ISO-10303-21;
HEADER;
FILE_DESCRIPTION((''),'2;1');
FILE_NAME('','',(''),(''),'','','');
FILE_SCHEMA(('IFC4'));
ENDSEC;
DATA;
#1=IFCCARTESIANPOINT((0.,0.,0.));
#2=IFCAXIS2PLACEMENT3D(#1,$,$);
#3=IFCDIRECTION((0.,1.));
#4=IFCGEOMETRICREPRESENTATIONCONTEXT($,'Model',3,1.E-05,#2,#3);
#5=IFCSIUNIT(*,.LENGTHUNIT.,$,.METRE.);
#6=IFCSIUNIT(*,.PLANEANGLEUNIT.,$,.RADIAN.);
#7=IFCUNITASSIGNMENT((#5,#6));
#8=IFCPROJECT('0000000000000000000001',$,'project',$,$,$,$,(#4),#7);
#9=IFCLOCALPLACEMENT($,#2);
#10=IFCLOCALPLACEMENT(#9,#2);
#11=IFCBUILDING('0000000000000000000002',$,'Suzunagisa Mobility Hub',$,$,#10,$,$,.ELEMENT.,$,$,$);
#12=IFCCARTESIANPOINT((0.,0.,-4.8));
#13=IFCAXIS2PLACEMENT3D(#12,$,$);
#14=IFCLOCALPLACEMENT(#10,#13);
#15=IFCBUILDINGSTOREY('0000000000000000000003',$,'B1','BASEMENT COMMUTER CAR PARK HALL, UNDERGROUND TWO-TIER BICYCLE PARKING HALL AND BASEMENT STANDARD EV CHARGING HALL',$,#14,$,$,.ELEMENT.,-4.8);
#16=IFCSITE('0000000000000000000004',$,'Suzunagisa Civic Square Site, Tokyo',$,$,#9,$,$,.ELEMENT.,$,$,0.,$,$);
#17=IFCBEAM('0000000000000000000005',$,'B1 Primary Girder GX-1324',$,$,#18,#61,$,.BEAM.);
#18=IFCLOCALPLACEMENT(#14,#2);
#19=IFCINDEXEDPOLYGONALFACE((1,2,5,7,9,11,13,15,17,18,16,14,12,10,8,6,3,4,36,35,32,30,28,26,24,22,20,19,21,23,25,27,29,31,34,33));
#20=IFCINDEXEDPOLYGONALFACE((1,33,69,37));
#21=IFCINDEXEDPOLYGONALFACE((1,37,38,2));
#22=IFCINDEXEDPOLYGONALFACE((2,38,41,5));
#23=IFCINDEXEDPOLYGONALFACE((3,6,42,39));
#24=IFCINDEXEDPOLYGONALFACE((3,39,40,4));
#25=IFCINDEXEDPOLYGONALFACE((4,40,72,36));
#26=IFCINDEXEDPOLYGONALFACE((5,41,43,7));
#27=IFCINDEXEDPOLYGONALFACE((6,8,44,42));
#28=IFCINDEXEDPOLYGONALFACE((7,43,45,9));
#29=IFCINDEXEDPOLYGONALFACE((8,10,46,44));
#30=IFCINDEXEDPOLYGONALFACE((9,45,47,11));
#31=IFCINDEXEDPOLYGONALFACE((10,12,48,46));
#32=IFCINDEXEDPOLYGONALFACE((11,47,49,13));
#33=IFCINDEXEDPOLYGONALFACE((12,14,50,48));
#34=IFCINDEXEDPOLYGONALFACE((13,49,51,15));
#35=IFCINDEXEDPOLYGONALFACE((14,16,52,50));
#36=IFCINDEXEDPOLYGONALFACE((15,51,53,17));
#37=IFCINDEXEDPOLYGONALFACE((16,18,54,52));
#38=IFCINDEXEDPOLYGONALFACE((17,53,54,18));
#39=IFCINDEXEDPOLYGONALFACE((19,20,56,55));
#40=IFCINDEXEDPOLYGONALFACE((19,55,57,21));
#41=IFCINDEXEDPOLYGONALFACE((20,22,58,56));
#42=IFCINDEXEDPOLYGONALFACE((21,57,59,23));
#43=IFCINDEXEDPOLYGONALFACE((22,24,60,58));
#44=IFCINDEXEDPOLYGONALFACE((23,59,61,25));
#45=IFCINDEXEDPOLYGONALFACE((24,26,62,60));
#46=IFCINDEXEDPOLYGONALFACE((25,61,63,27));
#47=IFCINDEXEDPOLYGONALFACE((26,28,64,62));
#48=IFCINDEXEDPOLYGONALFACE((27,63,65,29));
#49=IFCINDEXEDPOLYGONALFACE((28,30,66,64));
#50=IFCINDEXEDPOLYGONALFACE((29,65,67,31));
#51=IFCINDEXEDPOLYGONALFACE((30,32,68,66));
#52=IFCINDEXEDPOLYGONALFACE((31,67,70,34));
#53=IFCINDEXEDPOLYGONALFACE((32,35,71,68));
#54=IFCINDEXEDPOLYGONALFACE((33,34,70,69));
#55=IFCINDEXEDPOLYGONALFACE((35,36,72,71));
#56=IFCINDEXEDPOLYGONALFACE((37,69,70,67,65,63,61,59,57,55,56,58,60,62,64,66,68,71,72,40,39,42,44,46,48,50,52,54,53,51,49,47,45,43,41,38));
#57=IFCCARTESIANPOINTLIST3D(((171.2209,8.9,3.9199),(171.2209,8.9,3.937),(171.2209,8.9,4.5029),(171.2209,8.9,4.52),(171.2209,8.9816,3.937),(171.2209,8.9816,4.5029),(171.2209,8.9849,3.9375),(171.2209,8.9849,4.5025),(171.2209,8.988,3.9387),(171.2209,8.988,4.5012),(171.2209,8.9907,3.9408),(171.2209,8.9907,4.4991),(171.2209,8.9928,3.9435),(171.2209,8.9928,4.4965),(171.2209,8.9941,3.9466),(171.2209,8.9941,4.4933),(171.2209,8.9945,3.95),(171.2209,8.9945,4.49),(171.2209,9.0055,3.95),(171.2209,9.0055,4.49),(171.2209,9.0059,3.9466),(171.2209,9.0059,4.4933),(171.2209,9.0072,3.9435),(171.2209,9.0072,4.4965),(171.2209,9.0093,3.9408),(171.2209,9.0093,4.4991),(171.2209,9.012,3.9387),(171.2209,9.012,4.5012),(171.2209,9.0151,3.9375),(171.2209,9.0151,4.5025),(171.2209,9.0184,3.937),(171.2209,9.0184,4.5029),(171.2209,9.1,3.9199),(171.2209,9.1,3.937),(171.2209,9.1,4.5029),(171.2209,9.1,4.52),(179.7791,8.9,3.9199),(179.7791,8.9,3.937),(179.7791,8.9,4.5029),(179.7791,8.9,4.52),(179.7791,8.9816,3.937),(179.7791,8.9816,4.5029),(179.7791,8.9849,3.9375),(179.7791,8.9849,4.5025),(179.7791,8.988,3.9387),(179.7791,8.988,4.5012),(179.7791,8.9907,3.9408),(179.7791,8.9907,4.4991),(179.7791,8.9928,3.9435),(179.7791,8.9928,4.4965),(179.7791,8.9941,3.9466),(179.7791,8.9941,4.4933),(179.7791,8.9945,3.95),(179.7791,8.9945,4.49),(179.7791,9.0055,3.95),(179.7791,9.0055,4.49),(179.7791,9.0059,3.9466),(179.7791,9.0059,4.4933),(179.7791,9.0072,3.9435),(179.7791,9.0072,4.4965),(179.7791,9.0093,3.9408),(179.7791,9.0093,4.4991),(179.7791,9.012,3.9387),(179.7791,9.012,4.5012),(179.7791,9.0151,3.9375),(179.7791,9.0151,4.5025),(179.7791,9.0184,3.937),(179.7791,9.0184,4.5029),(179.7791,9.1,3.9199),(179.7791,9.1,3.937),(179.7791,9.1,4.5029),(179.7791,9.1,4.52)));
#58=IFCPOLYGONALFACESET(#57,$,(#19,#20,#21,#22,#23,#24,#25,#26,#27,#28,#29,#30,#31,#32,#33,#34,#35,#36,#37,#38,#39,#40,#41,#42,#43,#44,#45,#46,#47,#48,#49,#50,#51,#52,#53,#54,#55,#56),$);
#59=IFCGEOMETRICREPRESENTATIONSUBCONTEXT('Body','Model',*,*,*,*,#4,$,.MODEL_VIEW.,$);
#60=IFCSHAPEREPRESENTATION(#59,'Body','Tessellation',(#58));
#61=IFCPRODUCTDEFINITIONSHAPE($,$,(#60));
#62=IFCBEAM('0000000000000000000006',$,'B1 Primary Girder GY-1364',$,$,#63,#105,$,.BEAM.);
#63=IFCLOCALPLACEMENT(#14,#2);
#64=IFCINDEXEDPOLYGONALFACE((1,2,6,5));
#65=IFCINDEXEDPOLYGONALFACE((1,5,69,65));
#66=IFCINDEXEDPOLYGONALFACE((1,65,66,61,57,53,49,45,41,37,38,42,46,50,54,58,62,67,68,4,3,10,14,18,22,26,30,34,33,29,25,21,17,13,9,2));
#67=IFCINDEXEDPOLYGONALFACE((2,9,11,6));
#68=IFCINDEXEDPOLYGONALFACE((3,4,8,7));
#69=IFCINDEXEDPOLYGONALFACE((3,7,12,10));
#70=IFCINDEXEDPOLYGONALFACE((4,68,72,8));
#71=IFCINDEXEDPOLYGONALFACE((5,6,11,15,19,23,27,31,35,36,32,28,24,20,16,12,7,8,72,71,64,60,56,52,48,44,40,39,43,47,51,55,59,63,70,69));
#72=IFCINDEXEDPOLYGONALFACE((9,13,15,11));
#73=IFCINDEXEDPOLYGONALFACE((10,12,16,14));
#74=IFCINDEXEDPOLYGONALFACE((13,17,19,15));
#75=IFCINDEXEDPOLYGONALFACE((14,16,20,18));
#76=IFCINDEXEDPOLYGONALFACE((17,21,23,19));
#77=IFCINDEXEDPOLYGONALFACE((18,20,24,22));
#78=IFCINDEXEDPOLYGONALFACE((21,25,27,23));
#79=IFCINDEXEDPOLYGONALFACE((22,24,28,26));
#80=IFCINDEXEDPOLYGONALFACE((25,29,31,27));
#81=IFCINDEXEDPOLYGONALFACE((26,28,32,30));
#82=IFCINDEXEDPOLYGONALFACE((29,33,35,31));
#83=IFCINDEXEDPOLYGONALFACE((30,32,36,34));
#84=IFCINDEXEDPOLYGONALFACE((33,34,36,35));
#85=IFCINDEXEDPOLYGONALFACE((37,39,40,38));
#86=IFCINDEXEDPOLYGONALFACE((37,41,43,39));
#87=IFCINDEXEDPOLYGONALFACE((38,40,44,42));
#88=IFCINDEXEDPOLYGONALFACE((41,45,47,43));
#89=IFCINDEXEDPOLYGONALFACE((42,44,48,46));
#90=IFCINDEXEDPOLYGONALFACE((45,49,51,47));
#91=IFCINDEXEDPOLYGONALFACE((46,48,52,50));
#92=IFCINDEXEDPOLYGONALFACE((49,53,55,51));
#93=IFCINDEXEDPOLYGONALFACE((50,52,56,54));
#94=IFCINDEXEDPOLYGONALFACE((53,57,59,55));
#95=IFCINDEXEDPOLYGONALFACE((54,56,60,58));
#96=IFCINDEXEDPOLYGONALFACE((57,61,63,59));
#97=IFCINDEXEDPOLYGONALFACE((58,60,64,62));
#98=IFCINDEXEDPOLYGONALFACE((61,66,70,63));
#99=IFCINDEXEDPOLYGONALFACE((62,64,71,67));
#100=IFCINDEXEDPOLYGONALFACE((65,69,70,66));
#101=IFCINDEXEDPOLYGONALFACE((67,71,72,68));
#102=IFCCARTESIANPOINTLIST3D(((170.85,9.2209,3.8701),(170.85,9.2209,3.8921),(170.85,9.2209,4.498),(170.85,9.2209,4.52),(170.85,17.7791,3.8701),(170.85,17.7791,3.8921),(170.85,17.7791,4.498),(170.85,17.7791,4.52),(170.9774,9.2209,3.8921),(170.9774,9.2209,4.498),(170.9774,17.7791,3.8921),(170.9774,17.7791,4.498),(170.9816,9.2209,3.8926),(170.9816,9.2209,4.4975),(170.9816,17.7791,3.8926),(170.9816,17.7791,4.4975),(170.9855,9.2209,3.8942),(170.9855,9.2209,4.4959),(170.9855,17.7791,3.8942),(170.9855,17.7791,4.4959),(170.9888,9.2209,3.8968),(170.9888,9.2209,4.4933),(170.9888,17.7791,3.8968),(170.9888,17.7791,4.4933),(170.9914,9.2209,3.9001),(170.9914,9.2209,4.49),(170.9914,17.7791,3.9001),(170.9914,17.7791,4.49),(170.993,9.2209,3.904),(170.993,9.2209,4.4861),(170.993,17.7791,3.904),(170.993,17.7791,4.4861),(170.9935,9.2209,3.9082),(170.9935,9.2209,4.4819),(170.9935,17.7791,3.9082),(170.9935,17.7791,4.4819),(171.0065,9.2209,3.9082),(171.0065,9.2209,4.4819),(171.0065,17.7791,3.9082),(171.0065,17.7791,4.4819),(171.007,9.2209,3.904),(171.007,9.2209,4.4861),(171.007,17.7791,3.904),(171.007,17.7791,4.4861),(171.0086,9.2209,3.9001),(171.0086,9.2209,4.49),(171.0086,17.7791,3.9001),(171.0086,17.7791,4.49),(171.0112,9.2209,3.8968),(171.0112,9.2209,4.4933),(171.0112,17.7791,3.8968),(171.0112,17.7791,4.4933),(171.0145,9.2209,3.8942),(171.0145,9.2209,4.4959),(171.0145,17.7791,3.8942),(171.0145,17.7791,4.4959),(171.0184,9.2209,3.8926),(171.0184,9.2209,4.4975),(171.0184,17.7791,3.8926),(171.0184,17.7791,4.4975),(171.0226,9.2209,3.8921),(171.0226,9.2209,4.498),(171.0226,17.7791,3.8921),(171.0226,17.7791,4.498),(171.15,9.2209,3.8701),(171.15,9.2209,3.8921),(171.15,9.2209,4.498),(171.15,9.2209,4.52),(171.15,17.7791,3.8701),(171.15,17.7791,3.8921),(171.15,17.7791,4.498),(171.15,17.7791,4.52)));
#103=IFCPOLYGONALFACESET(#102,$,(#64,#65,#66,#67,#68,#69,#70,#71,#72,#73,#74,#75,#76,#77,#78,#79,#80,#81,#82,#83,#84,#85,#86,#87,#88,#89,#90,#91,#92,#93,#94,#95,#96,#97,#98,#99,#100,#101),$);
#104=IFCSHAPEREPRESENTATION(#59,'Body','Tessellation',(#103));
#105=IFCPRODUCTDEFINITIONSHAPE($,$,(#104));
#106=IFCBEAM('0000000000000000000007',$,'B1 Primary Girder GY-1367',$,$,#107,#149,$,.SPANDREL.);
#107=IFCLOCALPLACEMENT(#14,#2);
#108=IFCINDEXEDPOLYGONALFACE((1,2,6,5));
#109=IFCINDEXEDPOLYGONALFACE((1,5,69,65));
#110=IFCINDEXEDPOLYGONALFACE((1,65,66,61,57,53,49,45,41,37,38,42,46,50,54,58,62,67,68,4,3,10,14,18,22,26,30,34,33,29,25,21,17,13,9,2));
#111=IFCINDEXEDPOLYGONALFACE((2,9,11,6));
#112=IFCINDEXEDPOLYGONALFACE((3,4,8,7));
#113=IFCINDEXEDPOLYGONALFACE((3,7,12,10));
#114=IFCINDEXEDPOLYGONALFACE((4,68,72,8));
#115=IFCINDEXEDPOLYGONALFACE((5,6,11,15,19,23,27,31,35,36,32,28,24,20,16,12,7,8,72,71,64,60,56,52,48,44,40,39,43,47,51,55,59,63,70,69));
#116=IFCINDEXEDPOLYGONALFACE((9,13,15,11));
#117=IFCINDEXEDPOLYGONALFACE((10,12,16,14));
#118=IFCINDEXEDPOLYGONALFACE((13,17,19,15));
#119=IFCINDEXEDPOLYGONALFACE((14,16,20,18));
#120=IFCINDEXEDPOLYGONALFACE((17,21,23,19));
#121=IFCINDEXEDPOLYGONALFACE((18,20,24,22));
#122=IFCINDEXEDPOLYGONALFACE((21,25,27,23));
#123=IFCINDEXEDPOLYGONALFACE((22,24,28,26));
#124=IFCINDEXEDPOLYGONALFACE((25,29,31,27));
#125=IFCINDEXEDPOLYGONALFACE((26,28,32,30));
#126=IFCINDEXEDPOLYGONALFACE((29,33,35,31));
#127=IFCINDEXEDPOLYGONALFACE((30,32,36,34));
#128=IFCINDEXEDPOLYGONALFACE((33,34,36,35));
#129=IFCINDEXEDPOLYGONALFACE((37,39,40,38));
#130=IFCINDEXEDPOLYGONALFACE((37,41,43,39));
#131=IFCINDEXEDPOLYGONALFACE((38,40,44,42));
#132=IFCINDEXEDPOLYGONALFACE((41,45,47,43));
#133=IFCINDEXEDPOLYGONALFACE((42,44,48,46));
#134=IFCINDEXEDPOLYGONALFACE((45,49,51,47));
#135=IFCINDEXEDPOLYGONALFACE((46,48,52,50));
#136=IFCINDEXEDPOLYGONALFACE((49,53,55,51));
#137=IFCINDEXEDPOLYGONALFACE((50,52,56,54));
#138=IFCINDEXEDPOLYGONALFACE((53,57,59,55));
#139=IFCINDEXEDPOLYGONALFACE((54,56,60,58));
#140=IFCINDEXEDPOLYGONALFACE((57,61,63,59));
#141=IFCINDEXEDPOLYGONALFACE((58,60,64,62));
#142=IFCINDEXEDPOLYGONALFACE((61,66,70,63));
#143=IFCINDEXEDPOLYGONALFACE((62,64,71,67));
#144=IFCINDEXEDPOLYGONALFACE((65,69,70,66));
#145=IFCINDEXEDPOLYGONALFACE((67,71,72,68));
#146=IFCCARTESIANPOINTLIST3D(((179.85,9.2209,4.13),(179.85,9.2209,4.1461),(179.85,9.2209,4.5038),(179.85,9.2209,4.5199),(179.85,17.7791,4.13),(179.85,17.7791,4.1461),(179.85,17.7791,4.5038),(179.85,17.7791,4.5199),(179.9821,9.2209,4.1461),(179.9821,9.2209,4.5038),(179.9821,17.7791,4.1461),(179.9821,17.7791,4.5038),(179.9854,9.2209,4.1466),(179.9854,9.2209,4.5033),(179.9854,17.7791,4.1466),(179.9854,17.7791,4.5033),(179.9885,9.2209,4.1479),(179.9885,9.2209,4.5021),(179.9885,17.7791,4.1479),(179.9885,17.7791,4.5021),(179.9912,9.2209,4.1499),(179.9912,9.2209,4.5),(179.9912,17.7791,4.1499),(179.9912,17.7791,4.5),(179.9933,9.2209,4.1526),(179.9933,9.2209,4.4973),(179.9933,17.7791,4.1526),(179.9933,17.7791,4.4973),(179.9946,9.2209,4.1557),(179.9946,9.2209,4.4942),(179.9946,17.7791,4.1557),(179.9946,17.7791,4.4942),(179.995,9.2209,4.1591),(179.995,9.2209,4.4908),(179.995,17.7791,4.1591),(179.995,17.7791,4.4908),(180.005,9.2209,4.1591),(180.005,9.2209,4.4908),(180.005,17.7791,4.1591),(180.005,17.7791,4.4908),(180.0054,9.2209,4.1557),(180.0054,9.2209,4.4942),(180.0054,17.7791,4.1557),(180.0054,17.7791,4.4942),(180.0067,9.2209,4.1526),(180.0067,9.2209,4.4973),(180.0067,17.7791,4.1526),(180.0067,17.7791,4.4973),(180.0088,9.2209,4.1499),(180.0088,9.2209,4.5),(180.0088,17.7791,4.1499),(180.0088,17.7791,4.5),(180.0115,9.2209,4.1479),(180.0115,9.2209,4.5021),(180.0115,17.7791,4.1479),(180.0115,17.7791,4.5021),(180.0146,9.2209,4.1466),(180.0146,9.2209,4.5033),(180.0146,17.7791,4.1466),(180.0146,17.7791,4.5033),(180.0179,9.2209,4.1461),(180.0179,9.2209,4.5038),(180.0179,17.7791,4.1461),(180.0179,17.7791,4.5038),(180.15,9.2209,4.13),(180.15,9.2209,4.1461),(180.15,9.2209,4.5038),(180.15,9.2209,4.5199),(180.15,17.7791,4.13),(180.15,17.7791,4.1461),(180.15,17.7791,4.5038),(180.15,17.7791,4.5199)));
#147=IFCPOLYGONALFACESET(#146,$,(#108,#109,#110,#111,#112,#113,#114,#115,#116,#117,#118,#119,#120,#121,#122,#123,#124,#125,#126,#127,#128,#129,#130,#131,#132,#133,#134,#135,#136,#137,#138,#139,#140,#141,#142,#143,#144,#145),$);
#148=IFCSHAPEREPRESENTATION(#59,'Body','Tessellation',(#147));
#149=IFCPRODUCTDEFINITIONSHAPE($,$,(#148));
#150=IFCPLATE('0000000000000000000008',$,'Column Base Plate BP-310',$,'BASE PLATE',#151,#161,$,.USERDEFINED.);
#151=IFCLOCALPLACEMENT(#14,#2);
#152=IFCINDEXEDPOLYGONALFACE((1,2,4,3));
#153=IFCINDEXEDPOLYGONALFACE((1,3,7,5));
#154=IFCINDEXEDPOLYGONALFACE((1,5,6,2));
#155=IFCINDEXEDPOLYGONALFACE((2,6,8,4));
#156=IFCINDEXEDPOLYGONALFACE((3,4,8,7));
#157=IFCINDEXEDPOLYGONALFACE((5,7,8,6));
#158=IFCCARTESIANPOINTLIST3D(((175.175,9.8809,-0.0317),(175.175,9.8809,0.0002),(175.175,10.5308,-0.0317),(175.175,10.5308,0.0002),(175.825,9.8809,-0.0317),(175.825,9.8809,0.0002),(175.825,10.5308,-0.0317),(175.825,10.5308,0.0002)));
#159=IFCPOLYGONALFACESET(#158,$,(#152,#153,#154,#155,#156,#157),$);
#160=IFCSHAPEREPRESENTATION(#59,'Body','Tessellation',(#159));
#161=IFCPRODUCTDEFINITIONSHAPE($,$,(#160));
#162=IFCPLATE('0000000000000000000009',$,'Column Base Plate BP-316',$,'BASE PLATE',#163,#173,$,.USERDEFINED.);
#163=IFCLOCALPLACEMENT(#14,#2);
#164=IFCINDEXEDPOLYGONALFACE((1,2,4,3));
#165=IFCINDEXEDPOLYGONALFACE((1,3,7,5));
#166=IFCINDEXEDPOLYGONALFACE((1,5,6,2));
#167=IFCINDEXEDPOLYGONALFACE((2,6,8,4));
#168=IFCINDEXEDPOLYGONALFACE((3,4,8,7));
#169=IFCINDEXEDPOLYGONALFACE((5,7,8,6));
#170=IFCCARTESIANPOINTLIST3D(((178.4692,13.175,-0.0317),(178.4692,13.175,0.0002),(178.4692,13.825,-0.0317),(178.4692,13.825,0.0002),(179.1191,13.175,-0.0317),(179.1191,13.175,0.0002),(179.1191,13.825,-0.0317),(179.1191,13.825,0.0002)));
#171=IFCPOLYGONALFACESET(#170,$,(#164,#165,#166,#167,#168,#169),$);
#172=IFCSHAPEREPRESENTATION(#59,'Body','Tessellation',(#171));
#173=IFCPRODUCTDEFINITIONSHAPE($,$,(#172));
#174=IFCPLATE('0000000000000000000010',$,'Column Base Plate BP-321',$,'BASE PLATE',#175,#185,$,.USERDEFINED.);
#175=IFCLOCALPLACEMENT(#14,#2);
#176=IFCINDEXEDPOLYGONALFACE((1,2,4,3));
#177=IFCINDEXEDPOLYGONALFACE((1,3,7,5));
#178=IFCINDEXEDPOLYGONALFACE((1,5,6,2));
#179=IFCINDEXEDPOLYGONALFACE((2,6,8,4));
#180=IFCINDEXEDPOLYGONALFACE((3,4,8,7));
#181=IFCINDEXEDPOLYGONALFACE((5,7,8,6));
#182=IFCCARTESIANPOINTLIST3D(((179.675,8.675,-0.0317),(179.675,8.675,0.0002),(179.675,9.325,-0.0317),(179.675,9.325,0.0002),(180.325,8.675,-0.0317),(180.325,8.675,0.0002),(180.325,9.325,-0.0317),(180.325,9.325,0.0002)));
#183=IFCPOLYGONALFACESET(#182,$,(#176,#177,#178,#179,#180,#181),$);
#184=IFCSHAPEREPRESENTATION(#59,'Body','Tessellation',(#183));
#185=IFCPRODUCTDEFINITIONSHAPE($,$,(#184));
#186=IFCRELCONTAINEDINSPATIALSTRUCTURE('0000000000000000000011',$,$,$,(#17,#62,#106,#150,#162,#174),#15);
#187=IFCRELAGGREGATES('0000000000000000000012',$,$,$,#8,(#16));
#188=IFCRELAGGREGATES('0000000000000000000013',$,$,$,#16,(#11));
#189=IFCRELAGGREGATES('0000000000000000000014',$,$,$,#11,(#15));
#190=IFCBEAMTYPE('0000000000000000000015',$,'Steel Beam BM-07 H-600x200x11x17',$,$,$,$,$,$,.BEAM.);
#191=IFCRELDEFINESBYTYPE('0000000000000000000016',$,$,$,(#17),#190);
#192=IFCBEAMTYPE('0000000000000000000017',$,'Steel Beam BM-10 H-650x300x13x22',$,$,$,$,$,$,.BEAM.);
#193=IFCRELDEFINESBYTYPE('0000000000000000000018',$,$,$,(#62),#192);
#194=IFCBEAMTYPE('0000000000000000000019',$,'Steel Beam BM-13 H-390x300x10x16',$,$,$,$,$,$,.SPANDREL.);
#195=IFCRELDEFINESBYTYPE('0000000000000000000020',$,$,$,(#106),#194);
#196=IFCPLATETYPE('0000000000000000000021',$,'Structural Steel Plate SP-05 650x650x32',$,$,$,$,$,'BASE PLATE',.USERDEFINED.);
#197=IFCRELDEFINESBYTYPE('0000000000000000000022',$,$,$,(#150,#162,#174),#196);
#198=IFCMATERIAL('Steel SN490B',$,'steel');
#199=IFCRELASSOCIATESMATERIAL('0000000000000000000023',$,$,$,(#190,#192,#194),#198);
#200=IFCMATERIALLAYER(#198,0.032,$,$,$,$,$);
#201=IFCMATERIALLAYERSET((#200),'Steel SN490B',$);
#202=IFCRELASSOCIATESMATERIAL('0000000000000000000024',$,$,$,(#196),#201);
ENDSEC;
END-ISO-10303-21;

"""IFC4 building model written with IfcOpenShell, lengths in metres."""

from ifc_helpers import new_model, si_unit, direction, frame, origin, origin_2d, place, context, subcontext, project, spatial, rectangle, i_section, extrude, material, layer, layer_set, material_profile, profile_set, type_object, element, save


model = new_model("IFC4")

# Units and contexts
model_context = context("Model", 3, precision=1e-05, world=origin(), true_north=direction((0.0, 1.0)))
body_context = subcontext(model_context, "Body", "Model", "MODEL_VIEW")
ifc_project = project(units=[si_unit("LENGTHUNIT", "METRE"), si_unit("PLANEANGLEUNIT", "RADIAN")], contexts=[model_context])

# Site, building, storey
site_placement = place(None, origin())
site = spatial("IfcSite", under=ifc_project, at=site_placement, Name="Suzunagisa Civic Square Site, Tokyo", CompositionType="ELEMENT", RefElevation=0.0)
building_placement = place(site_placement, origin())
building = spatial("IfcBuilding", under=site, at=building_placement, Name="Suzunagisa Mobility Hub", CompositionType="ELEMENT")
storey_placement = place(building_placement, frame((0.0, 0.0, -4.8)))
storey = spatial("IfcBuildingStorey", under=building, at=storey_placement, Name="B1", Description="BASEMENT COMMUTER CAR PARK HALL, UNDERGROUND TWO-TIER BICYCLE PARKING HALL AND BASEMENT STANDARD EV CHARGING HALL", CompositionType="ELEMENT", Elevation=-4.8)

# Shared definitions
ifc_material_1 = material(Name="Steel SN490B", Category="steel")

# Beams
ifc_material_profile_1 = material_profile(ifc_material_1, i_section(OverallWidth=0.2, OverallDepth=0.6001, WebThickness=0.011, FlangeThickness=0.0171, FilletRadius=0.0129, at=origin_2d()), Name="H-600x200x11x17")
ifc_profile_set_1 = profile_set([ifc_material_profile_1], Name="Steel SN490B")
beam_type_1 = type_object("IfcBeamType", Name="Steel Beam BM-07 H-600x200x11x17", PredefinedType="BEAM", material=ifc_profile_set_1)
beam_1_placement = place(storey_placement, frame((171.2209, 9.0, 4.22), z_axis=(1.0, 0.0, 0.0), x_axis=(0.0, 1.0, 0.0)))
element("IfcBeam", 1, at=beam_1_placement, inside=storey, type_object=beam_type_1, Name="B1 Primary Girder GX-1324", PredefinedType="BEAM", context=body_context, shape_type="SweptSolid", body=[
    extrude(i_section(OverallWidth=0.2, OverallDepth=0.6001, WebThickness=0.011, FlangeThickness=0.0171, FilletRadius=0.0129, at=origin_2d()), origin(), (0.0, 0.0, 1.0), 8.5581),
])
ifc_material_profile_2 = material_profile(ifc_material_1, i_section(OverallWidth=0.3, OverallDepth=0.6499, WebThickness=0.0129, FlangeThickness=0.022, FilletRadius=0.0161, at=origin_2d()), Name="H-650x300x13x22")
ifc_profile_set_2 = profile_set([ifc_material_profile_2], Name="Steel SN490B")
beam_type_2 = type_object("IfcBeamType", Name="Steel Beam BM-10 H-650x300x13x22", PredefinedType="BEAM", material=ifc_profile_set_2)
beam_2_placement = place(storey_placement, frame((171.0, 9.2209, 4.1951), z_axis=(0.0, 1.0, 0.0), x_axis=(-1.0, 0.0, 0.0)))
element("IfcBeam", 2, at=beam_2_placement, inside=storey, type_object=beam_type_2, Name="B1 Primary Girder GY-1364", PredefinedType="BEAM", context=body_context, shape_type="SweptSolid", body=[
    extrude(i_section(OverallWidth=0.3, OverallDepth=0.6499, WebThickness=0.0129, FlangeThickness=0.022, FilletRadius=0.0161, at=origin_2d()), origin(), (0.0, 0.0, 1.0), 8.5581),
])
ifc_material_profile_3 = material_profile(ifc_material_1, i_section(OverallWidth=0.3, OverallDepth=0.3899, WebThickness=0.01, FlangeThickness=0.0161, FilletRadius=0.0129, at=origin_2d()), Name="H-390x300x10x16")
ifc_profile_set_3 = profile_set([ifc_material_profile_3], Name="Steel SN490B")
beam_type_3 = type_object("IfcBeamType", Name="Steel Beam BM-13 H-390x300x10x16", PredefinedType="SPANDREL", material=ifc_profile_set_3)
beam_3_placement = place(storey_placement, frame((180.0, 9.2209, 4.325), z_axis=(0.0, 1.0, 0.0), x_axis=(-1.0, 0.0, 0.0)))
element("IfcBeam", 3, at=beam_3_placement, inside=storey, type_object=beam_type_3, Name="B1 Primary Girder GY-1367", PredefinedType="SPANDREL", context=body_context, shape_type="SweptSolid", body=[
    extrude(i_section(OverallWidth=0.3, OverallDepth=0.3899, WebThickness=0.01, FlangeThickness=0.0161, FilletRadius=0.0129, at=origin_2d()), origin(), (0.0, 0.0, 1.0), 8.5581),
])

# Plates
ifc_layer_1 = layer(ifc_material_1, 0.032)
ifc_layer_set_1 = layer_set([ifc_layer_1], Name="Steel SN490B")
plate_type = type_object("IfcPlateType", Name="Structural Steel Plate SP-05 650x650x32", ElementType="BASE PLATE", PredefinedType="USERDEFINED", material=ifc_layer_set_1)
for number, where, z_axis, x_axis, name in (
    (4, (175.5, 10.2058, -0.0317), (0.0, 0.0, 1.0), (1.0, 0.0, 0.0), "Column Base Plate BP-310"),
    (5, (178.7942, 13.5, -0.0317), (0.0, 0.0, 1.0), (1.0, 0.0, 0.0), "Column Base Plate BP-316"),
    (6, (180.0, 9.0, -0.0317), (0.0, 0.0, 1.0), (1.0, 0.0, 0.0), "Column Base Plate BP-321"),
):
    element("IfcPlate", number, at=place(storey_placement, frame(where, z_axis=z_axis, x_axis=x_axis)), inside=storey, type_object=plate_type, Name=name, ObjectType="BASE PLATE", PredefinedType="USERDEFINED", context=body_context, shape_type="SweptSolid", body=[
        extrude(rectangle(XDim=0.6499, YDim=0.6499, at=origin_2d()), origin(), (0.0, 0.0, 1.0), 0.032),
    ])

save(model, "model.ifc")
